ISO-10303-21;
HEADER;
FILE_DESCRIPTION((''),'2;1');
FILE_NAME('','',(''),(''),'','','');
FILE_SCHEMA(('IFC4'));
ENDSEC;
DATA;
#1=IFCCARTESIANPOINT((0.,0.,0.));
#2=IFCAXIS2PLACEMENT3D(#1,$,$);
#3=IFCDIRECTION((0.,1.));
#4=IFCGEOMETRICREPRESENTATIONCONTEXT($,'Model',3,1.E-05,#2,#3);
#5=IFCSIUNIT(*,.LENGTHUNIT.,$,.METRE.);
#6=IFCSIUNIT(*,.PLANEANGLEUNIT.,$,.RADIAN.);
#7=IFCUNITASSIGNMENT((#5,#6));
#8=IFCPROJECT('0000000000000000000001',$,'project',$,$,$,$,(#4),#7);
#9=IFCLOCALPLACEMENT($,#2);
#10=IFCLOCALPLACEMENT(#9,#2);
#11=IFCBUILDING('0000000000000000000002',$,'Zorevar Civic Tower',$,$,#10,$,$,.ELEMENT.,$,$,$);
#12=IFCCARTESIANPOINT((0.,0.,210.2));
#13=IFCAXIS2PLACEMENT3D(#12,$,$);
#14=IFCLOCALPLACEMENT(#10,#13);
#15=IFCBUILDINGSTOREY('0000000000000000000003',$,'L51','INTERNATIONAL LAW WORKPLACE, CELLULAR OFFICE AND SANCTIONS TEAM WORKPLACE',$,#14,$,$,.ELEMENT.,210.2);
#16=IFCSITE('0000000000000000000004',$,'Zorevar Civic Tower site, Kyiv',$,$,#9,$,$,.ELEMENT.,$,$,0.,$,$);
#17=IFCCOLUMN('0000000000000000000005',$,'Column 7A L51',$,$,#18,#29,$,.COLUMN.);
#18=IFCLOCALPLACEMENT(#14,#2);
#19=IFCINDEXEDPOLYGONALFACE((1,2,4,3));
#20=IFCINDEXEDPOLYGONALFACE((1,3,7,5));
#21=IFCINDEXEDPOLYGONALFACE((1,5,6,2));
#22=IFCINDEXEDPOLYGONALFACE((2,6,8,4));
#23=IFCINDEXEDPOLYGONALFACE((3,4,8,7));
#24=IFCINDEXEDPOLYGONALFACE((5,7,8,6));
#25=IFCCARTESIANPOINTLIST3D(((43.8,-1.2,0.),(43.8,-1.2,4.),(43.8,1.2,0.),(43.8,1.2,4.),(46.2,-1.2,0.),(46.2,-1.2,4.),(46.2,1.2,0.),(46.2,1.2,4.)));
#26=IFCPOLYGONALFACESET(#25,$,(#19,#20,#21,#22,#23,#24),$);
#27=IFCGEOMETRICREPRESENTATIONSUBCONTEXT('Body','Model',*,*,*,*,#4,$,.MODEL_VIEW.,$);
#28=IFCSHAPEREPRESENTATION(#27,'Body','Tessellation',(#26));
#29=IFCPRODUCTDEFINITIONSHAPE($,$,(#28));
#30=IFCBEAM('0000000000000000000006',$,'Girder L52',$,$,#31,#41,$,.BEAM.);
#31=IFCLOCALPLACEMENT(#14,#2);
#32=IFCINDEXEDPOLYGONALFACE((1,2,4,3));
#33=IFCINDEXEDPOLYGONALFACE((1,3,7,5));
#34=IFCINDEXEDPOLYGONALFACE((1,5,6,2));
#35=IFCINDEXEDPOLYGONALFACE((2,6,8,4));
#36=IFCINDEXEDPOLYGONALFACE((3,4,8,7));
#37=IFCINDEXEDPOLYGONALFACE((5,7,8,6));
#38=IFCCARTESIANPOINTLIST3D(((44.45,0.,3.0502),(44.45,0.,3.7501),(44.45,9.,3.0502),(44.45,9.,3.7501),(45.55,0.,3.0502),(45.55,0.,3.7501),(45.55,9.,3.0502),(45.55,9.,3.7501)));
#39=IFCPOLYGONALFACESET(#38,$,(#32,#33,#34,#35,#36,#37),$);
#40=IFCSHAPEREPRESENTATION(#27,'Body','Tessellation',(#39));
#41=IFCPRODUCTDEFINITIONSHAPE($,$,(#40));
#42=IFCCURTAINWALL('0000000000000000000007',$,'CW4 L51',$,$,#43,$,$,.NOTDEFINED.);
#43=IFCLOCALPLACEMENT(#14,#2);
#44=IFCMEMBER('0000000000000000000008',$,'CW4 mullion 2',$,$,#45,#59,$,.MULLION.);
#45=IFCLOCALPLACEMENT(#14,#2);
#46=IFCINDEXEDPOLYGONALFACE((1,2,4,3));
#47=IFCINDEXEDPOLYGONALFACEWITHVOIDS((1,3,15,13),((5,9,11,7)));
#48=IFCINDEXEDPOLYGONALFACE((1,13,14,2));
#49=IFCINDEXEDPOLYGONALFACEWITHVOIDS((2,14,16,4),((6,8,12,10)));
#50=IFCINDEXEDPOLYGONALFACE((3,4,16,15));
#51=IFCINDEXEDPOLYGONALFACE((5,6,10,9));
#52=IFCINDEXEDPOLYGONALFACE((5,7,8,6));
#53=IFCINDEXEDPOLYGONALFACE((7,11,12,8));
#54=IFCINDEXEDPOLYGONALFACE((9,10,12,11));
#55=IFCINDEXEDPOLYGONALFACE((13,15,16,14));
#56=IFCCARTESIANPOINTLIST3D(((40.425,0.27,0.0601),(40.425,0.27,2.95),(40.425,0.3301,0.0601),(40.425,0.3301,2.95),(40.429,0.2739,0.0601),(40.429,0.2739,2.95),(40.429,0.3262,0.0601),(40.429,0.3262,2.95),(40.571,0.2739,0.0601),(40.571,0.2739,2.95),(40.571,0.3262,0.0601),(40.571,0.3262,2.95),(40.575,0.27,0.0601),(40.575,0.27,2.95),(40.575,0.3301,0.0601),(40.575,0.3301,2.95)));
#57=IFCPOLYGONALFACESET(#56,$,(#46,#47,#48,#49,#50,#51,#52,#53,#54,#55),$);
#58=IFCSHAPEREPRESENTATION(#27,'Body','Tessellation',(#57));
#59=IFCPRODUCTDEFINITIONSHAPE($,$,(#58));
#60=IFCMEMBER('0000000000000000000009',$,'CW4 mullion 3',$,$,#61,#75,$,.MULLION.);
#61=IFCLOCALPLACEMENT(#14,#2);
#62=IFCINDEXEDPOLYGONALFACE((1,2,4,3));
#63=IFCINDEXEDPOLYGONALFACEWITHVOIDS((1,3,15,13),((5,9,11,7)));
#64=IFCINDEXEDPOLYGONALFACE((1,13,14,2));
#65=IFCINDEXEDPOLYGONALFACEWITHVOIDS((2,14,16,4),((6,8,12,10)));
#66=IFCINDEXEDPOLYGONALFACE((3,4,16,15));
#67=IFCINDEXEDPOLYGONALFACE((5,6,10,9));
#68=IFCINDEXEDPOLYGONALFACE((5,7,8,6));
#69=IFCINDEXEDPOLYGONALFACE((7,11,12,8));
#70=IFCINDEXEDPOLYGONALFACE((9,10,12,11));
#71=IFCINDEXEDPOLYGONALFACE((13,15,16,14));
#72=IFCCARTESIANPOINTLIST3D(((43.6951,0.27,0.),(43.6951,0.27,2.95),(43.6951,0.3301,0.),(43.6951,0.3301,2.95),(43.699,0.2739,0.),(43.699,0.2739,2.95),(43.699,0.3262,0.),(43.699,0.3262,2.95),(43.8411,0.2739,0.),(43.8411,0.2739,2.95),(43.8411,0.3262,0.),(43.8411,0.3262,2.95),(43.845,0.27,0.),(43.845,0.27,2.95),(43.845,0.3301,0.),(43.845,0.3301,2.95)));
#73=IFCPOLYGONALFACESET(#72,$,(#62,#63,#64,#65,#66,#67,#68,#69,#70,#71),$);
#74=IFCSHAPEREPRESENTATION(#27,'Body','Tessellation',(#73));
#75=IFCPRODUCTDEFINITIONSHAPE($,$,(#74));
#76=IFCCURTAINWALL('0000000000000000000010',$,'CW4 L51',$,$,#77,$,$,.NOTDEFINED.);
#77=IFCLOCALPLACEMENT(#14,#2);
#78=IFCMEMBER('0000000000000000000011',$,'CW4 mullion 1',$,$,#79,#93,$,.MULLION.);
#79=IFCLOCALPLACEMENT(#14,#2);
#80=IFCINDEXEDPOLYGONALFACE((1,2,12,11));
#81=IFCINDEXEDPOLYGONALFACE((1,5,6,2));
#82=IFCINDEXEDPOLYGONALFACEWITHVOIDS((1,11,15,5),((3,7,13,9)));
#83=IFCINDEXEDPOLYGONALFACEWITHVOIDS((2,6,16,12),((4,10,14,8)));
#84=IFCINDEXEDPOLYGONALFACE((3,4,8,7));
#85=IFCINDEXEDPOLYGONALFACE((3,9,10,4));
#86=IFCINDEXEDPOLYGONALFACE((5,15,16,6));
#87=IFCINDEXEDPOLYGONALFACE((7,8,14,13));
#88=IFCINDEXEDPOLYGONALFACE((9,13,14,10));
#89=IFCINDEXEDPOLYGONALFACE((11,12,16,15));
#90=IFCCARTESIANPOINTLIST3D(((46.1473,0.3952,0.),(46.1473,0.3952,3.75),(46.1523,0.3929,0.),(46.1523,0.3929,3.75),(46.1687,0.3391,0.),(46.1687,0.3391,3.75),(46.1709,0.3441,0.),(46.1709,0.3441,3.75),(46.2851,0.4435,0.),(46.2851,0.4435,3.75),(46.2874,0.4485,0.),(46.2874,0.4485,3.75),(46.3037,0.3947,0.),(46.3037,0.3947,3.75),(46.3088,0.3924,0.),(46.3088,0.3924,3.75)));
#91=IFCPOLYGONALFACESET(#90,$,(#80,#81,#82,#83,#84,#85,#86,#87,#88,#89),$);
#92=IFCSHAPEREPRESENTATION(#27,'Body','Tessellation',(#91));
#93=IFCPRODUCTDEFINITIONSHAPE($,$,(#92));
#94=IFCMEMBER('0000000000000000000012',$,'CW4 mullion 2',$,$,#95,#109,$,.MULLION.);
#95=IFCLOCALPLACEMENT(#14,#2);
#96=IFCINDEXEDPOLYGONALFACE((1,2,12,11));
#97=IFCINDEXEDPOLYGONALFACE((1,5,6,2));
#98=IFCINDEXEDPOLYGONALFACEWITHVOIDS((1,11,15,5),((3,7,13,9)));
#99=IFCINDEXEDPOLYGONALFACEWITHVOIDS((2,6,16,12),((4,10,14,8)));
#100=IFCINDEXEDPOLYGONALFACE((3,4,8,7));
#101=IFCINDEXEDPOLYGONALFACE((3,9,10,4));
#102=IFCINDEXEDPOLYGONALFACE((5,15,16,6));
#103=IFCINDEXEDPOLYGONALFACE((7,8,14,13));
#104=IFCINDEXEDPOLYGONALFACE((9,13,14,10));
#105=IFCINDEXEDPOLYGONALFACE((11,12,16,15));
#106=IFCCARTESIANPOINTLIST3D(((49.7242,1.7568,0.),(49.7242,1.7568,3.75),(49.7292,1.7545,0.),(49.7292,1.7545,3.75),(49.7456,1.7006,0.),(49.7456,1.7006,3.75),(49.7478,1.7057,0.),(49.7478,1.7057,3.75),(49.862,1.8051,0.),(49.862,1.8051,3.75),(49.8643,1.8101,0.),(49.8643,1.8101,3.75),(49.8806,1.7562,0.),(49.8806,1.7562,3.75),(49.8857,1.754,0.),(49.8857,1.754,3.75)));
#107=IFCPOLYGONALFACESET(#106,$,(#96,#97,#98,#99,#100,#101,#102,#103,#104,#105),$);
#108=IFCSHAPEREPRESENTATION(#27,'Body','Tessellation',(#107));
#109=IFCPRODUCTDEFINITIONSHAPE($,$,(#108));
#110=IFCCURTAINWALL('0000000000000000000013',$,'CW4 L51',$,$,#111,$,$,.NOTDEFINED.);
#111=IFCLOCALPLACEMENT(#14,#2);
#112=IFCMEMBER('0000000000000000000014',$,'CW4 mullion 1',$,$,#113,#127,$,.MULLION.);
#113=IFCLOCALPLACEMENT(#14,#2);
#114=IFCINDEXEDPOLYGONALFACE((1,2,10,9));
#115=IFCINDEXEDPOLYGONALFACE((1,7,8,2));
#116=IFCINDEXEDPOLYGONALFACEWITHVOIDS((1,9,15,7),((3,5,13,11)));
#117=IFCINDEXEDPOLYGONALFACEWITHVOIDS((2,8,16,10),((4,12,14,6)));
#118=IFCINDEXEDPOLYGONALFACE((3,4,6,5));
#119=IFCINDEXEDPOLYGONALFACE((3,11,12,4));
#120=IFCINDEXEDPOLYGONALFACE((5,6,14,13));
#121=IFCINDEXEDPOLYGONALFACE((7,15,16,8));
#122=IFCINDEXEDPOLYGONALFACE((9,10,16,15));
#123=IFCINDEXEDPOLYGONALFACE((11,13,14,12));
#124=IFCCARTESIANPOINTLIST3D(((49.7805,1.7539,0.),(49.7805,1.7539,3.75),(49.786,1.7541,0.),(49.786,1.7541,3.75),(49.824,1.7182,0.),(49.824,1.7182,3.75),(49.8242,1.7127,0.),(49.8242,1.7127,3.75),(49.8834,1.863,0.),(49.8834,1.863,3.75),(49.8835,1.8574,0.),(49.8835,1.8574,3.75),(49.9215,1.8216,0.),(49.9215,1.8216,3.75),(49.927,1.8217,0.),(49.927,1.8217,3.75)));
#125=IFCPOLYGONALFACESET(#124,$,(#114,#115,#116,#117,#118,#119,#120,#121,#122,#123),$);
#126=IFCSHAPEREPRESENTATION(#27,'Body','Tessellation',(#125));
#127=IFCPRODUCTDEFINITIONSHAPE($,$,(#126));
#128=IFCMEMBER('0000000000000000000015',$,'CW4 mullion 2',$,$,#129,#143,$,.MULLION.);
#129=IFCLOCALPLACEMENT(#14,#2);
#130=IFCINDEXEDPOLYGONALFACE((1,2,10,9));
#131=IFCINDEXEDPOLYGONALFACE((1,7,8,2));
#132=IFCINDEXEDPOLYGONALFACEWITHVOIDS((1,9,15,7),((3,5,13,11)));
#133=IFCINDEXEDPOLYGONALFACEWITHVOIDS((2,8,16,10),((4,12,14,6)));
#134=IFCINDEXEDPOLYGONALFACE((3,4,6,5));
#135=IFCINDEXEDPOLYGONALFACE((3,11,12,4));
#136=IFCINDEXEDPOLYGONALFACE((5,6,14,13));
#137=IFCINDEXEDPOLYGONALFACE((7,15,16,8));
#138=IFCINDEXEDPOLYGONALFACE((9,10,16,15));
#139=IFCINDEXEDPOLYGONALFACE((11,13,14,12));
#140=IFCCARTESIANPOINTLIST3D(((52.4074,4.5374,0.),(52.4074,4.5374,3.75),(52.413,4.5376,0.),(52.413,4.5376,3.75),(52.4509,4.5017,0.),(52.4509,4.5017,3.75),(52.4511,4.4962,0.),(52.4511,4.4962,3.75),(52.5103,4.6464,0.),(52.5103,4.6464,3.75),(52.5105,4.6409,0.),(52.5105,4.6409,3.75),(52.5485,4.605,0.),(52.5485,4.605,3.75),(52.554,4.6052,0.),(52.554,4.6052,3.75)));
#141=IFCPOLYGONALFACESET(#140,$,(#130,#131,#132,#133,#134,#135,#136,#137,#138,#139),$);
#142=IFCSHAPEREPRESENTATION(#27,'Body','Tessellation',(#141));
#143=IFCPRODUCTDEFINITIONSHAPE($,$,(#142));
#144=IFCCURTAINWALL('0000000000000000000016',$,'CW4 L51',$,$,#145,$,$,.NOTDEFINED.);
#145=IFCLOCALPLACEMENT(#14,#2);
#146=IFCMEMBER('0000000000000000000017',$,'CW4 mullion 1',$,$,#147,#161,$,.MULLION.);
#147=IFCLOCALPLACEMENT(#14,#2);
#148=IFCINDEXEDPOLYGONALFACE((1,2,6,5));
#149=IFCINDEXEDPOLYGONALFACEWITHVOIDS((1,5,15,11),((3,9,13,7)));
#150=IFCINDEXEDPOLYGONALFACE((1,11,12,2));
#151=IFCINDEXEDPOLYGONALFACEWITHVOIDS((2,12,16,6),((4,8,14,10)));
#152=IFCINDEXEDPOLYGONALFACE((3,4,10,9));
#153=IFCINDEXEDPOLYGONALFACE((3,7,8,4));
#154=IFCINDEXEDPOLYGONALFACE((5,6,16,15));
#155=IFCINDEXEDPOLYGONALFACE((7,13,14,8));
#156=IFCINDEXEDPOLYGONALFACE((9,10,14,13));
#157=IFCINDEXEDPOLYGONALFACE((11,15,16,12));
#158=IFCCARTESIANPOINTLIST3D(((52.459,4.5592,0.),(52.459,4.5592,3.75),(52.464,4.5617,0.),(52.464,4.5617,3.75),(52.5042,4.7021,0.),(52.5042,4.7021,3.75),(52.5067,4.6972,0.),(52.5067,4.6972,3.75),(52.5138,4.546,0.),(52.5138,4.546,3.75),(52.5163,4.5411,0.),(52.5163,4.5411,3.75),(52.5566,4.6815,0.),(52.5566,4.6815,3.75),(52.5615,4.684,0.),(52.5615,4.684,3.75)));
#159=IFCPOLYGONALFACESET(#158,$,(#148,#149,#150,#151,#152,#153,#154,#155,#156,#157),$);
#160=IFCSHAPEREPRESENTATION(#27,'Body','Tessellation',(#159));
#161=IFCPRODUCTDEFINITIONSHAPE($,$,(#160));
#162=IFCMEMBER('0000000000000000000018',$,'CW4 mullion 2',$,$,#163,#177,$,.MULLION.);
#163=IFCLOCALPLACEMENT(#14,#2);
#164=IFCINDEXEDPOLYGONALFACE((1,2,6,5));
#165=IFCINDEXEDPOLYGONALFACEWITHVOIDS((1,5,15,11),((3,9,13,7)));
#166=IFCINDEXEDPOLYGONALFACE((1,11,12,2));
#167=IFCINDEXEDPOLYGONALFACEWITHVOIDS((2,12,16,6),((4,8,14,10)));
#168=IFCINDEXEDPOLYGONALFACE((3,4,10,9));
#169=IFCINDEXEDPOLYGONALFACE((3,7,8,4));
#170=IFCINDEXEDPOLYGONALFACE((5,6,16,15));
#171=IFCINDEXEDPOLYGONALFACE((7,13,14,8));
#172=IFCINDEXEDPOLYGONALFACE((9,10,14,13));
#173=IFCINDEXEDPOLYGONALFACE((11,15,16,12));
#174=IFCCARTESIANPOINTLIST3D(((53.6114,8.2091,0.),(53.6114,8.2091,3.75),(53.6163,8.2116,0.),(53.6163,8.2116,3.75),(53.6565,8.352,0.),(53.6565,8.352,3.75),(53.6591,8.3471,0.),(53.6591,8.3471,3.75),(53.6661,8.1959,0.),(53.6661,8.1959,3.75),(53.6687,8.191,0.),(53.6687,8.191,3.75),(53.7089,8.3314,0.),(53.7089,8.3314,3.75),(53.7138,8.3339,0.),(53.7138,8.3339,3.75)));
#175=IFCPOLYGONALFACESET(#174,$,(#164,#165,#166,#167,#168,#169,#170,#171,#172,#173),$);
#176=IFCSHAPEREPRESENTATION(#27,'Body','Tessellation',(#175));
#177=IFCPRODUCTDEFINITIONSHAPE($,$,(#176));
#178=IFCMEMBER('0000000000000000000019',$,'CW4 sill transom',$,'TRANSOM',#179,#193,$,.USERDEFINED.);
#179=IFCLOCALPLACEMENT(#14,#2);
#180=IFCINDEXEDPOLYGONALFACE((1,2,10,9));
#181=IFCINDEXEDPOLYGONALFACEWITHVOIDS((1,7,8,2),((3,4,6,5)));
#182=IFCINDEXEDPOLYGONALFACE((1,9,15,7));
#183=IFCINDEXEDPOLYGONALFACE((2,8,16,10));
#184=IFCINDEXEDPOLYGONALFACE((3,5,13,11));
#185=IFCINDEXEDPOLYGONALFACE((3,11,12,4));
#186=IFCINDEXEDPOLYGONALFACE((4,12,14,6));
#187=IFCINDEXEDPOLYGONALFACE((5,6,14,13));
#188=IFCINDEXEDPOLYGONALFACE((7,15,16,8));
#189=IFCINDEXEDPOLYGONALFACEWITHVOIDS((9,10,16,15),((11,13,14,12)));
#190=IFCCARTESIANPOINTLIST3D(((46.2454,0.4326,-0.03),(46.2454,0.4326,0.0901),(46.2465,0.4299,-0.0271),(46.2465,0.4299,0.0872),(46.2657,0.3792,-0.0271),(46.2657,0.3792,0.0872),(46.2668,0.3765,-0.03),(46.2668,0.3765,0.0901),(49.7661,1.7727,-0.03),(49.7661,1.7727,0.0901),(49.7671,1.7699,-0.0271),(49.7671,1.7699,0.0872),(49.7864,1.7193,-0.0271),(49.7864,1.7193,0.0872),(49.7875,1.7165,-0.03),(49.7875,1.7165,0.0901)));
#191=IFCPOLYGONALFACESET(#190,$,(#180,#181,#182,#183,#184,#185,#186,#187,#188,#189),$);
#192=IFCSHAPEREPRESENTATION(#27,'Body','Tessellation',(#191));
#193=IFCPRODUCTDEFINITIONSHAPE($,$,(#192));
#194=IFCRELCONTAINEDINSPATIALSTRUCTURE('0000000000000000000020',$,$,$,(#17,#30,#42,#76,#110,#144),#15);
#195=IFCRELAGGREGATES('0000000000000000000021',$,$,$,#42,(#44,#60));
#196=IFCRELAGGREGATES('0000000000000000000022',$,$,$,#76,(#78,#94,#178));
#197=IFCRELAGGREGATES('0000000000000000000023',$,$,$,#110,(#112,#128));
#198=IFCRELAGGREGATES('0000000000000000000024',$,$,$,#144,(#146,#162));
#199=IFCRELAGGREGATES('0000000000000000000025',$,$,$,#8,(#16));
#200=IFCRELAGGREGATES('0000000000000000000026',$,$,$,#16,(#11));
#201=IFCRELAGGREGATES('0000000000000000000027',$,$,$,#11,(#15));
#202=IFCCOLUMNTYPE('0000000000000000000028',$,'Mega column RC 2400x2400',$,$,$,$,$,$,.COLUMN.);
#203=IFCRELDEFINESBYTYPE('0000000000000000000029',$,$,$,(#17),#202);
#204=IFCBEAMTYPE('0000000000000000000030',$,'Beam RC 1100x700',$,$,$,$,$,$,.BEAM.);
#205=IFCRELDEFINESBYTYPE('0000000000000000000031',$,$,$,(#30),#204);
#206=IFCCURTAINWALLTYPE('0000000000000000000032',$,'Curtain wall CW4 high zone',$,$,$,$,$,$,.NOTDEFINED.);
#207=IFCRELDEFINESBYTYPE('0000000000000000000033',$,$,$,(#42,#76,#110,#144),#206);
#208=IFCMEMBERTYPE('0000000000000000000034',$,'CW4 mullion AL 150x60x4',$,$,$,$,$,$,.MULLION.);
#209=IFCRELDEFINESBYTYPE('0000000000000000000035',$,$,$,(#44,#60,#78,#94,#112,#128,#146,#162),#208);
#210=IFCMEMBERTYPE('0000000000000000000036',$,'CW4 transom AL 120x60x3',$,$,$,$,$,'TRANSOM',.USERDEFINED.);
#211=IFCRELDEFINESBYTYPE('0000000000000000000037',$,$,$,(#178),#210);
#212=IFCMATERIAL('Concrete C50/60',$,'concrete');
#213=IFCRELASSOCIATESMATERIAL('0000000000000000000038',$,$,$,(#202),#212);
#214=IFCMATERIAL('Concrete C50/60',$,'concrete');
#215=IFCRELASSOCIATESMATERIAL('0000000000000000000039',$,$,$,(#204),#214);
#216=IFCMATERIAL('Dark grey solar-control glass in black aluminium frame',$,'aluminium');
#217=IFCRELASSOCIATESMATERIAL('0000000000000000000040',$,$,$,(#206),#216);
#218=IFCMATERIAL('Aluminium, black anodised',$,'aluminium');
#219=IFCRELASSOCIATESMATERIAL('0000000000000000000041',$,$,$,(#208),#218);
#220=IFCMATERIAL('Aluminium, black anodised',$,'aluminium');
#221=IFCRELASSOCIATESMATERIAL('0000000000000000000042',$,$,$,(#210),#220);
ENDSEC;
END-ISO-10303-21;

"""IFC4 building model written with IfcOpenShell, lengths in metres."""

from ifc_helpers import new_model, si_unit, direction, frame, origin, origin_2d, place, context, subcontext, project, spatial, rectangle, hollow_rectangle, extrude, material, material_profile, profile_set, type_object, element, aggregate, save


model = new_model("IFC4")

# Units and contexts
model_context = context("Model", 3, precision=1e-05, world=origin(), true_north=direction((0.0, 1.0)))
body_context = subcontext(model_context, "Body", "Model", "MODEL_VIEW")
ifc_project = project(units=[si_unit("LENGTHUNIT", "METRE"), si_unit("PLANEANGLEUNIT", "RADIAN")], contexts=[model_context])

# Site, building, storey
site_placement = place(None, origin())
site = spatial("IfcSite", under=ifc_project, at=site_placement, Name="Zorevar Civic Tower site, Kyiv", CompositionType="ELEMENT", RefElevation=0.0)
building_placement = place(site_placement, origin())
building = spatial("IfcBuilding", under=site, at=building_placement, Name="Zorevar Civic Tower", CompositionType="ELEMENT")
storey_placement = place(building_placement, frame((0.0, 0.0, 210.2)))
storey = spatial("IfcBuildingStorey", under=building, at=storey_placement, Name="L51", Description="INTERNATIONAL LAW WORKPLACE, CELLULAR OFFICE AND SANCTIONS TEAM WORKPLACE", CompositionType="ELEMENT", Elevation=210.2)

# Column
ifc_material_1 = material(Name="Concrete C50/60", Category="concrete")
ifc_material_profile_1 = material_profile(ifc_material_1, rectangle(XDim=2.3999, YDim=2.3999, at=origin_2d()), Name="RC 2400x2400")
ifc_profile_set_1 = profile_set([ifc_material_profile_1], Name="Concrete C50/60")
column_type = type_object("IfcColumnType", Name="Mega column RC 2400x2400", PredefinedType="COLUMN", material=ifc_profile_set_1)
column_placement = place(storey_placement, frame((45.0, 0.0, 0.0), z_axis=(0.0, 0.0, 1.0), x_axis=(1.0, 0.0, 0.0)))
element("IfcColumn", 1, at=column_placement, inside=storey, type_object=column_type, Name="Column 7A L51", PredefinedType="COLUMN", context=body_context, shape_type="SweptSolid", body=[
    extrude(rectangle(XDim=2.3999, YDim=2.3999, at=origin_2d()), origin(), (0.0, 0.0, 1.0), 4.0),
])

# Beam
ifc_material_2 = material(Name="Concrete C50/60", Category="concrete")
ifc_material_profile_2 = material_profile(ifc_material_2, rectangle(XDim=1.1001, YDim=0.7, at=origin_2d()), Name="RC 1100x700")
ifc_profile_set_2 = profile_set([ifc_material_profile_2], Name="Concrete C50/60")
beam_type_1 = type_object("IfcBeamType", Name="Beam RC 1100x700", PredefinedType="BEAM", material=ifc_profile_set_2)
beam_1_placement = place(storey_placement, frame((45.0, 0.0, 3.4001), z_axis=(0.0, 1.0, 0.0), x_axis=(-1.0, 0.0, 0.0)))
element("IfcBeam", 2, at=beam_1_placement, inside=storey, type_object=beam_type_1, Name="Girder L52", PredefinedType="BEAM", context=body_context, shape_type="SweptSolid", body=[
    extrude(rectangle(XDim=1.1001, YDim=0.7, at=origin_2d()), origin(), (0.0, 0.0, 1.0), 9.0),
])

# Curtain walls, members
ifc_material_3 = material(Name="Dark grey solar-control glass in black aluminium frame", Category="aluminium")
curtain_wall_type = type_object("IfcCurtainWallType", Name="Curtain wall CW4 high zone", PredefinedType="NOTDEFINED", material=ifc_material_3)
curtain_wall_1_placement = place(storey_placement, origin())
curtain_wall_1 = element("IfcCurtainWall", 3, at=curtain_wall_1_placement, inside=storey, type_object=curtain_wall_type, Name="CW4 L51", PredefinedType="NOTDEFINED")
ifc_material_4 = material(Name="Aluminium, black anodised", Category="aluminium")
ifc_material_profile_3 = material_profile(ifc_material_4, hollow_rectangle(XDim=0.0601, YDim=0.1499, WallThickness=0.0039, at=origin_2d()), Name="AL 150x60x4")
ifc_profile_set_3 = profile_set([ifc_material_profile_3], Name="Aluminium, black anodised")
member_type_1 = type_object("IfcMemberType", Name="CW4 mullion AL 150x60x4", PredefinedType="MULLION", material=ifc_profile_set_3)
member_1_placement = place(storey_placement, frame((40.5, 0.3, 0.0601), z_axis=(0.0, 0.0, 1.0), x_axis=(0.0, 1.0, 0.0)))
member_1 = element("IfcMember", 4, at=member_1_placement, type_object=member_type_1, Name="CW4 mullion 2", PredefinedType="MULLION", context=body_context, shape_type="SweptSolid", body=[
    extrude(hollow_rectangle(XDim=0.0601, YDim=0.1499, WallThickness=0.0039, at=origin_2d()), origin(), (0.0, 0.0, 1.0), 2.8899),
])
member_2_placement = place(storey_placement, frame((43.77, 0.3, 0.0), z_axis=(0.0, 0.0, 1.0), x_axis=(0.0, 1.0, 0.0)))
member_2 = element("IfcMember", 5, at=member_2_placement, type_object=member_type_1, Name="CW4 mullion 3", PredefinedType="MULLION", context=body_context, shape_type="SweptSolid", body=[
    extrude(hollow_rectangle(XDim=0.0601, YDim=0.1499, WallThickness=0.0039, at=origin_2d()), origin(), (0.0, 0.0, 1.0), 2.95),
])
curtain_wall_2_placement = place(storey_placement, origin())
curtain_wall_2 = element("IfcCurtainWall", 6, at=curtain_wall_2_placement, inside=storey, type_object=curtain_wall_type, Name="CW4 L51", PredefinedType="NOTDEFINED")
member_3_placement = place(storey_placement, frame((46.228, 0.3938, 0.0), z_axis=(0.0, 0.0, 1.0), x_axis=(-0.355731, 0.934588, 0.0)))
member_3 = element("IfcMember", 7, at=member_3_placement, type_object=member_type_1, Name="CW4 mullion 1", PredefinedType="MULLION", context=body_context, shape_type="SweptSolid", body=[
    extrude(hollow_rectangle(XDim=0.0601, YDim=0.1499, WallThickness=0.0039, at=origin_2d()), origin(), (0.0, 0.0, 1.0), 3.75),
])
member_4_placement = place(storey_placement, frame((49.8049, 1.7554, 0.0), z_axis=(0.0, 0.0, 1.0), x_axis=(-0.355731, 0.934588, 0.0)))
member_4 = element("IfcMember", 8, at=member_4_placement, type_object=member_type_1, Name="CW4 mullion 2", PredefinedType="MULLION", context=body_context, shape_type="SweptSolid", body=[
    extrude(hollow_rectangle(XDim=0.0601, YDim=0.1499, WallThickness=0.0039, at=origin_2d()), origin(), (0.0, 0.0, 1.0), 3.75),
])
curtain_wall_3_placement = place(storey_placement, origin())
curtain_wall_3 = element("IfcCurtainWall", 9, at=curtain_wall_3_placement, inside=storey, type_object=curtain_wall_type, Name="CW4 L51", PredefinedType="NOTDEFINED")
member_5_placement = place(storey_placement, frame((49.8538, 1.7878, 0.0), z_axis=(0.0, 0.0, 1.0), x_axis=(-0.727245, 0.686378, 0.0)))
member_5 = element("IfcMember", 10, at=member_5_placement, type_object=member_type_1, Name="CW4 mullion 1", PredefinedType="MULLION", context=body_context, shape_type="SweptSolid", body=[
    extrude(hollow_rectangle(XDim=0.0601, YDim=0.1499, WallThickness=0.0039, at=origin_2d()), origin(), (0.0, 0.0, 1.0), 3.75),
])
member_6_placement = place(storey_placement, frame((52.4807, 4.5713, 0.0), z_axis=(0.0, 0.0, 1.0), x_axis=(-0.727245, 0.686378, 0.0)))
member_6 = element("IfcMember", 11, at=member_6_placement, type_object=member_type_1, Name="CW4 mullion 2", PredefinedType="MULLION", context=body_context, shape_type="SweptSolid", body=[
    extrude(hollow_rectangle(XDim=0.0601, YDim=0.1499, WallThickness=0.0039, at=origin_2d()), origin(), (0.0, 0.0, 1.0), 3.75),
])
curtain_wall_4_placement = place(storey_placement, origin())
curtain_wall_4 = element("IfcCurtainWall", 12, at=curtain_wall_4_placement, inside=storey, type_object=curtain_wall_type, Name="CW4 L51", PredefinedType="NOTDEFINED")
member_7_placement = place(storey_placement, frame((52.5103, 4.6216, 0.0), z_axis=(0.0, 0.0, 1.0), x_axis=(-0.95359, 0.301108, 0.0)))
member_7 = element("IfcMember", 13, at=member_7_placement, type_object=member_type_1, Name="CW4 mullion 1", PredefinedType="MULLION", context=body_context, shape_type="SweptSolid", body=[
    extrude(hollow_rectangle(XDim=0.0601, YDim=0.1499, WallThickness=0.0039, at=origin_2d()), origin(), (0.0, 0.0, 1.0), 3.75),
])
member_8_placement = place(storey_placement, frame((53.6626, 8.2715, 0.0), z_axis=(0.0, 0.0, 1.0), x_axis=(-0.95359, 0.301108, 0.0)))
member_8 = element("IfcMember", 14, at=member_8_placement, type_object=member_type_1, Name="CW4 mullion 2", PredefinedType="MULLION", context=body_context, shape_type="SweptSolid", body=[
    extrude(hollow_rectangle(XDim=0.0601, YDim=0.1499, WallThickness=0.0039, at=origin_2d()), origin(), (0.0, 0.0, 1.0), 3.75),
])

# Member
ifc_material_5 = material(Name="Aluminium, black anodised", Category="aluminium")
ifc_material_profile_4 = material_profile(ifc_material_5, hollow_rectangle(XDim=0.0601, YDim=0.1201, WallThickness=0.0029, at=origin_2d()), Name="AL 120x60x3")
ifc_profile_set_4 = profile_set([ifc_material_profile_4], Name="Aluminium, black anodised")
member_type_2 = type_object("IfcMemberType", Name="CW4 transom AL 120x60x3", ElementType="TRANSOM", PredefinedType="USERDEFINED", material=ifc_profile_set_4)
member_9_placement = place(storey_placement, frame((46.2561, 0.4045, 0.03), z_axis=(0.934589, 0.355729, 0.0), x_axis=(-0.355729, 0.934589, 0.0)))
member_9 = element("IfcMember", 15, at=member_9_placement, type_object=member_type_2, Name="CW4 sill transom", ObjectType="TRANSOM", PredefinedType="USERDEFINED", context=body_context, shape_type="SweptSolid", body=[
    extrude(hollow_rectangle(XDim=0.0601, YDim=0.1201, WallThickness=0.0029, at=origin_2d()), origin(), (0.0, 0.0, 1.0), 3.7671),
])

aggregate(curtain_wall_1, [member_1, member_2])
aggregate(curtain_wall_2, [member_3, member_4, member_9])
aggregate(curtain_wall_3, [member_5, member_6])
aggregate(curtain_wall_4, [member_7, member_8])

save(model, "model.ifc")
